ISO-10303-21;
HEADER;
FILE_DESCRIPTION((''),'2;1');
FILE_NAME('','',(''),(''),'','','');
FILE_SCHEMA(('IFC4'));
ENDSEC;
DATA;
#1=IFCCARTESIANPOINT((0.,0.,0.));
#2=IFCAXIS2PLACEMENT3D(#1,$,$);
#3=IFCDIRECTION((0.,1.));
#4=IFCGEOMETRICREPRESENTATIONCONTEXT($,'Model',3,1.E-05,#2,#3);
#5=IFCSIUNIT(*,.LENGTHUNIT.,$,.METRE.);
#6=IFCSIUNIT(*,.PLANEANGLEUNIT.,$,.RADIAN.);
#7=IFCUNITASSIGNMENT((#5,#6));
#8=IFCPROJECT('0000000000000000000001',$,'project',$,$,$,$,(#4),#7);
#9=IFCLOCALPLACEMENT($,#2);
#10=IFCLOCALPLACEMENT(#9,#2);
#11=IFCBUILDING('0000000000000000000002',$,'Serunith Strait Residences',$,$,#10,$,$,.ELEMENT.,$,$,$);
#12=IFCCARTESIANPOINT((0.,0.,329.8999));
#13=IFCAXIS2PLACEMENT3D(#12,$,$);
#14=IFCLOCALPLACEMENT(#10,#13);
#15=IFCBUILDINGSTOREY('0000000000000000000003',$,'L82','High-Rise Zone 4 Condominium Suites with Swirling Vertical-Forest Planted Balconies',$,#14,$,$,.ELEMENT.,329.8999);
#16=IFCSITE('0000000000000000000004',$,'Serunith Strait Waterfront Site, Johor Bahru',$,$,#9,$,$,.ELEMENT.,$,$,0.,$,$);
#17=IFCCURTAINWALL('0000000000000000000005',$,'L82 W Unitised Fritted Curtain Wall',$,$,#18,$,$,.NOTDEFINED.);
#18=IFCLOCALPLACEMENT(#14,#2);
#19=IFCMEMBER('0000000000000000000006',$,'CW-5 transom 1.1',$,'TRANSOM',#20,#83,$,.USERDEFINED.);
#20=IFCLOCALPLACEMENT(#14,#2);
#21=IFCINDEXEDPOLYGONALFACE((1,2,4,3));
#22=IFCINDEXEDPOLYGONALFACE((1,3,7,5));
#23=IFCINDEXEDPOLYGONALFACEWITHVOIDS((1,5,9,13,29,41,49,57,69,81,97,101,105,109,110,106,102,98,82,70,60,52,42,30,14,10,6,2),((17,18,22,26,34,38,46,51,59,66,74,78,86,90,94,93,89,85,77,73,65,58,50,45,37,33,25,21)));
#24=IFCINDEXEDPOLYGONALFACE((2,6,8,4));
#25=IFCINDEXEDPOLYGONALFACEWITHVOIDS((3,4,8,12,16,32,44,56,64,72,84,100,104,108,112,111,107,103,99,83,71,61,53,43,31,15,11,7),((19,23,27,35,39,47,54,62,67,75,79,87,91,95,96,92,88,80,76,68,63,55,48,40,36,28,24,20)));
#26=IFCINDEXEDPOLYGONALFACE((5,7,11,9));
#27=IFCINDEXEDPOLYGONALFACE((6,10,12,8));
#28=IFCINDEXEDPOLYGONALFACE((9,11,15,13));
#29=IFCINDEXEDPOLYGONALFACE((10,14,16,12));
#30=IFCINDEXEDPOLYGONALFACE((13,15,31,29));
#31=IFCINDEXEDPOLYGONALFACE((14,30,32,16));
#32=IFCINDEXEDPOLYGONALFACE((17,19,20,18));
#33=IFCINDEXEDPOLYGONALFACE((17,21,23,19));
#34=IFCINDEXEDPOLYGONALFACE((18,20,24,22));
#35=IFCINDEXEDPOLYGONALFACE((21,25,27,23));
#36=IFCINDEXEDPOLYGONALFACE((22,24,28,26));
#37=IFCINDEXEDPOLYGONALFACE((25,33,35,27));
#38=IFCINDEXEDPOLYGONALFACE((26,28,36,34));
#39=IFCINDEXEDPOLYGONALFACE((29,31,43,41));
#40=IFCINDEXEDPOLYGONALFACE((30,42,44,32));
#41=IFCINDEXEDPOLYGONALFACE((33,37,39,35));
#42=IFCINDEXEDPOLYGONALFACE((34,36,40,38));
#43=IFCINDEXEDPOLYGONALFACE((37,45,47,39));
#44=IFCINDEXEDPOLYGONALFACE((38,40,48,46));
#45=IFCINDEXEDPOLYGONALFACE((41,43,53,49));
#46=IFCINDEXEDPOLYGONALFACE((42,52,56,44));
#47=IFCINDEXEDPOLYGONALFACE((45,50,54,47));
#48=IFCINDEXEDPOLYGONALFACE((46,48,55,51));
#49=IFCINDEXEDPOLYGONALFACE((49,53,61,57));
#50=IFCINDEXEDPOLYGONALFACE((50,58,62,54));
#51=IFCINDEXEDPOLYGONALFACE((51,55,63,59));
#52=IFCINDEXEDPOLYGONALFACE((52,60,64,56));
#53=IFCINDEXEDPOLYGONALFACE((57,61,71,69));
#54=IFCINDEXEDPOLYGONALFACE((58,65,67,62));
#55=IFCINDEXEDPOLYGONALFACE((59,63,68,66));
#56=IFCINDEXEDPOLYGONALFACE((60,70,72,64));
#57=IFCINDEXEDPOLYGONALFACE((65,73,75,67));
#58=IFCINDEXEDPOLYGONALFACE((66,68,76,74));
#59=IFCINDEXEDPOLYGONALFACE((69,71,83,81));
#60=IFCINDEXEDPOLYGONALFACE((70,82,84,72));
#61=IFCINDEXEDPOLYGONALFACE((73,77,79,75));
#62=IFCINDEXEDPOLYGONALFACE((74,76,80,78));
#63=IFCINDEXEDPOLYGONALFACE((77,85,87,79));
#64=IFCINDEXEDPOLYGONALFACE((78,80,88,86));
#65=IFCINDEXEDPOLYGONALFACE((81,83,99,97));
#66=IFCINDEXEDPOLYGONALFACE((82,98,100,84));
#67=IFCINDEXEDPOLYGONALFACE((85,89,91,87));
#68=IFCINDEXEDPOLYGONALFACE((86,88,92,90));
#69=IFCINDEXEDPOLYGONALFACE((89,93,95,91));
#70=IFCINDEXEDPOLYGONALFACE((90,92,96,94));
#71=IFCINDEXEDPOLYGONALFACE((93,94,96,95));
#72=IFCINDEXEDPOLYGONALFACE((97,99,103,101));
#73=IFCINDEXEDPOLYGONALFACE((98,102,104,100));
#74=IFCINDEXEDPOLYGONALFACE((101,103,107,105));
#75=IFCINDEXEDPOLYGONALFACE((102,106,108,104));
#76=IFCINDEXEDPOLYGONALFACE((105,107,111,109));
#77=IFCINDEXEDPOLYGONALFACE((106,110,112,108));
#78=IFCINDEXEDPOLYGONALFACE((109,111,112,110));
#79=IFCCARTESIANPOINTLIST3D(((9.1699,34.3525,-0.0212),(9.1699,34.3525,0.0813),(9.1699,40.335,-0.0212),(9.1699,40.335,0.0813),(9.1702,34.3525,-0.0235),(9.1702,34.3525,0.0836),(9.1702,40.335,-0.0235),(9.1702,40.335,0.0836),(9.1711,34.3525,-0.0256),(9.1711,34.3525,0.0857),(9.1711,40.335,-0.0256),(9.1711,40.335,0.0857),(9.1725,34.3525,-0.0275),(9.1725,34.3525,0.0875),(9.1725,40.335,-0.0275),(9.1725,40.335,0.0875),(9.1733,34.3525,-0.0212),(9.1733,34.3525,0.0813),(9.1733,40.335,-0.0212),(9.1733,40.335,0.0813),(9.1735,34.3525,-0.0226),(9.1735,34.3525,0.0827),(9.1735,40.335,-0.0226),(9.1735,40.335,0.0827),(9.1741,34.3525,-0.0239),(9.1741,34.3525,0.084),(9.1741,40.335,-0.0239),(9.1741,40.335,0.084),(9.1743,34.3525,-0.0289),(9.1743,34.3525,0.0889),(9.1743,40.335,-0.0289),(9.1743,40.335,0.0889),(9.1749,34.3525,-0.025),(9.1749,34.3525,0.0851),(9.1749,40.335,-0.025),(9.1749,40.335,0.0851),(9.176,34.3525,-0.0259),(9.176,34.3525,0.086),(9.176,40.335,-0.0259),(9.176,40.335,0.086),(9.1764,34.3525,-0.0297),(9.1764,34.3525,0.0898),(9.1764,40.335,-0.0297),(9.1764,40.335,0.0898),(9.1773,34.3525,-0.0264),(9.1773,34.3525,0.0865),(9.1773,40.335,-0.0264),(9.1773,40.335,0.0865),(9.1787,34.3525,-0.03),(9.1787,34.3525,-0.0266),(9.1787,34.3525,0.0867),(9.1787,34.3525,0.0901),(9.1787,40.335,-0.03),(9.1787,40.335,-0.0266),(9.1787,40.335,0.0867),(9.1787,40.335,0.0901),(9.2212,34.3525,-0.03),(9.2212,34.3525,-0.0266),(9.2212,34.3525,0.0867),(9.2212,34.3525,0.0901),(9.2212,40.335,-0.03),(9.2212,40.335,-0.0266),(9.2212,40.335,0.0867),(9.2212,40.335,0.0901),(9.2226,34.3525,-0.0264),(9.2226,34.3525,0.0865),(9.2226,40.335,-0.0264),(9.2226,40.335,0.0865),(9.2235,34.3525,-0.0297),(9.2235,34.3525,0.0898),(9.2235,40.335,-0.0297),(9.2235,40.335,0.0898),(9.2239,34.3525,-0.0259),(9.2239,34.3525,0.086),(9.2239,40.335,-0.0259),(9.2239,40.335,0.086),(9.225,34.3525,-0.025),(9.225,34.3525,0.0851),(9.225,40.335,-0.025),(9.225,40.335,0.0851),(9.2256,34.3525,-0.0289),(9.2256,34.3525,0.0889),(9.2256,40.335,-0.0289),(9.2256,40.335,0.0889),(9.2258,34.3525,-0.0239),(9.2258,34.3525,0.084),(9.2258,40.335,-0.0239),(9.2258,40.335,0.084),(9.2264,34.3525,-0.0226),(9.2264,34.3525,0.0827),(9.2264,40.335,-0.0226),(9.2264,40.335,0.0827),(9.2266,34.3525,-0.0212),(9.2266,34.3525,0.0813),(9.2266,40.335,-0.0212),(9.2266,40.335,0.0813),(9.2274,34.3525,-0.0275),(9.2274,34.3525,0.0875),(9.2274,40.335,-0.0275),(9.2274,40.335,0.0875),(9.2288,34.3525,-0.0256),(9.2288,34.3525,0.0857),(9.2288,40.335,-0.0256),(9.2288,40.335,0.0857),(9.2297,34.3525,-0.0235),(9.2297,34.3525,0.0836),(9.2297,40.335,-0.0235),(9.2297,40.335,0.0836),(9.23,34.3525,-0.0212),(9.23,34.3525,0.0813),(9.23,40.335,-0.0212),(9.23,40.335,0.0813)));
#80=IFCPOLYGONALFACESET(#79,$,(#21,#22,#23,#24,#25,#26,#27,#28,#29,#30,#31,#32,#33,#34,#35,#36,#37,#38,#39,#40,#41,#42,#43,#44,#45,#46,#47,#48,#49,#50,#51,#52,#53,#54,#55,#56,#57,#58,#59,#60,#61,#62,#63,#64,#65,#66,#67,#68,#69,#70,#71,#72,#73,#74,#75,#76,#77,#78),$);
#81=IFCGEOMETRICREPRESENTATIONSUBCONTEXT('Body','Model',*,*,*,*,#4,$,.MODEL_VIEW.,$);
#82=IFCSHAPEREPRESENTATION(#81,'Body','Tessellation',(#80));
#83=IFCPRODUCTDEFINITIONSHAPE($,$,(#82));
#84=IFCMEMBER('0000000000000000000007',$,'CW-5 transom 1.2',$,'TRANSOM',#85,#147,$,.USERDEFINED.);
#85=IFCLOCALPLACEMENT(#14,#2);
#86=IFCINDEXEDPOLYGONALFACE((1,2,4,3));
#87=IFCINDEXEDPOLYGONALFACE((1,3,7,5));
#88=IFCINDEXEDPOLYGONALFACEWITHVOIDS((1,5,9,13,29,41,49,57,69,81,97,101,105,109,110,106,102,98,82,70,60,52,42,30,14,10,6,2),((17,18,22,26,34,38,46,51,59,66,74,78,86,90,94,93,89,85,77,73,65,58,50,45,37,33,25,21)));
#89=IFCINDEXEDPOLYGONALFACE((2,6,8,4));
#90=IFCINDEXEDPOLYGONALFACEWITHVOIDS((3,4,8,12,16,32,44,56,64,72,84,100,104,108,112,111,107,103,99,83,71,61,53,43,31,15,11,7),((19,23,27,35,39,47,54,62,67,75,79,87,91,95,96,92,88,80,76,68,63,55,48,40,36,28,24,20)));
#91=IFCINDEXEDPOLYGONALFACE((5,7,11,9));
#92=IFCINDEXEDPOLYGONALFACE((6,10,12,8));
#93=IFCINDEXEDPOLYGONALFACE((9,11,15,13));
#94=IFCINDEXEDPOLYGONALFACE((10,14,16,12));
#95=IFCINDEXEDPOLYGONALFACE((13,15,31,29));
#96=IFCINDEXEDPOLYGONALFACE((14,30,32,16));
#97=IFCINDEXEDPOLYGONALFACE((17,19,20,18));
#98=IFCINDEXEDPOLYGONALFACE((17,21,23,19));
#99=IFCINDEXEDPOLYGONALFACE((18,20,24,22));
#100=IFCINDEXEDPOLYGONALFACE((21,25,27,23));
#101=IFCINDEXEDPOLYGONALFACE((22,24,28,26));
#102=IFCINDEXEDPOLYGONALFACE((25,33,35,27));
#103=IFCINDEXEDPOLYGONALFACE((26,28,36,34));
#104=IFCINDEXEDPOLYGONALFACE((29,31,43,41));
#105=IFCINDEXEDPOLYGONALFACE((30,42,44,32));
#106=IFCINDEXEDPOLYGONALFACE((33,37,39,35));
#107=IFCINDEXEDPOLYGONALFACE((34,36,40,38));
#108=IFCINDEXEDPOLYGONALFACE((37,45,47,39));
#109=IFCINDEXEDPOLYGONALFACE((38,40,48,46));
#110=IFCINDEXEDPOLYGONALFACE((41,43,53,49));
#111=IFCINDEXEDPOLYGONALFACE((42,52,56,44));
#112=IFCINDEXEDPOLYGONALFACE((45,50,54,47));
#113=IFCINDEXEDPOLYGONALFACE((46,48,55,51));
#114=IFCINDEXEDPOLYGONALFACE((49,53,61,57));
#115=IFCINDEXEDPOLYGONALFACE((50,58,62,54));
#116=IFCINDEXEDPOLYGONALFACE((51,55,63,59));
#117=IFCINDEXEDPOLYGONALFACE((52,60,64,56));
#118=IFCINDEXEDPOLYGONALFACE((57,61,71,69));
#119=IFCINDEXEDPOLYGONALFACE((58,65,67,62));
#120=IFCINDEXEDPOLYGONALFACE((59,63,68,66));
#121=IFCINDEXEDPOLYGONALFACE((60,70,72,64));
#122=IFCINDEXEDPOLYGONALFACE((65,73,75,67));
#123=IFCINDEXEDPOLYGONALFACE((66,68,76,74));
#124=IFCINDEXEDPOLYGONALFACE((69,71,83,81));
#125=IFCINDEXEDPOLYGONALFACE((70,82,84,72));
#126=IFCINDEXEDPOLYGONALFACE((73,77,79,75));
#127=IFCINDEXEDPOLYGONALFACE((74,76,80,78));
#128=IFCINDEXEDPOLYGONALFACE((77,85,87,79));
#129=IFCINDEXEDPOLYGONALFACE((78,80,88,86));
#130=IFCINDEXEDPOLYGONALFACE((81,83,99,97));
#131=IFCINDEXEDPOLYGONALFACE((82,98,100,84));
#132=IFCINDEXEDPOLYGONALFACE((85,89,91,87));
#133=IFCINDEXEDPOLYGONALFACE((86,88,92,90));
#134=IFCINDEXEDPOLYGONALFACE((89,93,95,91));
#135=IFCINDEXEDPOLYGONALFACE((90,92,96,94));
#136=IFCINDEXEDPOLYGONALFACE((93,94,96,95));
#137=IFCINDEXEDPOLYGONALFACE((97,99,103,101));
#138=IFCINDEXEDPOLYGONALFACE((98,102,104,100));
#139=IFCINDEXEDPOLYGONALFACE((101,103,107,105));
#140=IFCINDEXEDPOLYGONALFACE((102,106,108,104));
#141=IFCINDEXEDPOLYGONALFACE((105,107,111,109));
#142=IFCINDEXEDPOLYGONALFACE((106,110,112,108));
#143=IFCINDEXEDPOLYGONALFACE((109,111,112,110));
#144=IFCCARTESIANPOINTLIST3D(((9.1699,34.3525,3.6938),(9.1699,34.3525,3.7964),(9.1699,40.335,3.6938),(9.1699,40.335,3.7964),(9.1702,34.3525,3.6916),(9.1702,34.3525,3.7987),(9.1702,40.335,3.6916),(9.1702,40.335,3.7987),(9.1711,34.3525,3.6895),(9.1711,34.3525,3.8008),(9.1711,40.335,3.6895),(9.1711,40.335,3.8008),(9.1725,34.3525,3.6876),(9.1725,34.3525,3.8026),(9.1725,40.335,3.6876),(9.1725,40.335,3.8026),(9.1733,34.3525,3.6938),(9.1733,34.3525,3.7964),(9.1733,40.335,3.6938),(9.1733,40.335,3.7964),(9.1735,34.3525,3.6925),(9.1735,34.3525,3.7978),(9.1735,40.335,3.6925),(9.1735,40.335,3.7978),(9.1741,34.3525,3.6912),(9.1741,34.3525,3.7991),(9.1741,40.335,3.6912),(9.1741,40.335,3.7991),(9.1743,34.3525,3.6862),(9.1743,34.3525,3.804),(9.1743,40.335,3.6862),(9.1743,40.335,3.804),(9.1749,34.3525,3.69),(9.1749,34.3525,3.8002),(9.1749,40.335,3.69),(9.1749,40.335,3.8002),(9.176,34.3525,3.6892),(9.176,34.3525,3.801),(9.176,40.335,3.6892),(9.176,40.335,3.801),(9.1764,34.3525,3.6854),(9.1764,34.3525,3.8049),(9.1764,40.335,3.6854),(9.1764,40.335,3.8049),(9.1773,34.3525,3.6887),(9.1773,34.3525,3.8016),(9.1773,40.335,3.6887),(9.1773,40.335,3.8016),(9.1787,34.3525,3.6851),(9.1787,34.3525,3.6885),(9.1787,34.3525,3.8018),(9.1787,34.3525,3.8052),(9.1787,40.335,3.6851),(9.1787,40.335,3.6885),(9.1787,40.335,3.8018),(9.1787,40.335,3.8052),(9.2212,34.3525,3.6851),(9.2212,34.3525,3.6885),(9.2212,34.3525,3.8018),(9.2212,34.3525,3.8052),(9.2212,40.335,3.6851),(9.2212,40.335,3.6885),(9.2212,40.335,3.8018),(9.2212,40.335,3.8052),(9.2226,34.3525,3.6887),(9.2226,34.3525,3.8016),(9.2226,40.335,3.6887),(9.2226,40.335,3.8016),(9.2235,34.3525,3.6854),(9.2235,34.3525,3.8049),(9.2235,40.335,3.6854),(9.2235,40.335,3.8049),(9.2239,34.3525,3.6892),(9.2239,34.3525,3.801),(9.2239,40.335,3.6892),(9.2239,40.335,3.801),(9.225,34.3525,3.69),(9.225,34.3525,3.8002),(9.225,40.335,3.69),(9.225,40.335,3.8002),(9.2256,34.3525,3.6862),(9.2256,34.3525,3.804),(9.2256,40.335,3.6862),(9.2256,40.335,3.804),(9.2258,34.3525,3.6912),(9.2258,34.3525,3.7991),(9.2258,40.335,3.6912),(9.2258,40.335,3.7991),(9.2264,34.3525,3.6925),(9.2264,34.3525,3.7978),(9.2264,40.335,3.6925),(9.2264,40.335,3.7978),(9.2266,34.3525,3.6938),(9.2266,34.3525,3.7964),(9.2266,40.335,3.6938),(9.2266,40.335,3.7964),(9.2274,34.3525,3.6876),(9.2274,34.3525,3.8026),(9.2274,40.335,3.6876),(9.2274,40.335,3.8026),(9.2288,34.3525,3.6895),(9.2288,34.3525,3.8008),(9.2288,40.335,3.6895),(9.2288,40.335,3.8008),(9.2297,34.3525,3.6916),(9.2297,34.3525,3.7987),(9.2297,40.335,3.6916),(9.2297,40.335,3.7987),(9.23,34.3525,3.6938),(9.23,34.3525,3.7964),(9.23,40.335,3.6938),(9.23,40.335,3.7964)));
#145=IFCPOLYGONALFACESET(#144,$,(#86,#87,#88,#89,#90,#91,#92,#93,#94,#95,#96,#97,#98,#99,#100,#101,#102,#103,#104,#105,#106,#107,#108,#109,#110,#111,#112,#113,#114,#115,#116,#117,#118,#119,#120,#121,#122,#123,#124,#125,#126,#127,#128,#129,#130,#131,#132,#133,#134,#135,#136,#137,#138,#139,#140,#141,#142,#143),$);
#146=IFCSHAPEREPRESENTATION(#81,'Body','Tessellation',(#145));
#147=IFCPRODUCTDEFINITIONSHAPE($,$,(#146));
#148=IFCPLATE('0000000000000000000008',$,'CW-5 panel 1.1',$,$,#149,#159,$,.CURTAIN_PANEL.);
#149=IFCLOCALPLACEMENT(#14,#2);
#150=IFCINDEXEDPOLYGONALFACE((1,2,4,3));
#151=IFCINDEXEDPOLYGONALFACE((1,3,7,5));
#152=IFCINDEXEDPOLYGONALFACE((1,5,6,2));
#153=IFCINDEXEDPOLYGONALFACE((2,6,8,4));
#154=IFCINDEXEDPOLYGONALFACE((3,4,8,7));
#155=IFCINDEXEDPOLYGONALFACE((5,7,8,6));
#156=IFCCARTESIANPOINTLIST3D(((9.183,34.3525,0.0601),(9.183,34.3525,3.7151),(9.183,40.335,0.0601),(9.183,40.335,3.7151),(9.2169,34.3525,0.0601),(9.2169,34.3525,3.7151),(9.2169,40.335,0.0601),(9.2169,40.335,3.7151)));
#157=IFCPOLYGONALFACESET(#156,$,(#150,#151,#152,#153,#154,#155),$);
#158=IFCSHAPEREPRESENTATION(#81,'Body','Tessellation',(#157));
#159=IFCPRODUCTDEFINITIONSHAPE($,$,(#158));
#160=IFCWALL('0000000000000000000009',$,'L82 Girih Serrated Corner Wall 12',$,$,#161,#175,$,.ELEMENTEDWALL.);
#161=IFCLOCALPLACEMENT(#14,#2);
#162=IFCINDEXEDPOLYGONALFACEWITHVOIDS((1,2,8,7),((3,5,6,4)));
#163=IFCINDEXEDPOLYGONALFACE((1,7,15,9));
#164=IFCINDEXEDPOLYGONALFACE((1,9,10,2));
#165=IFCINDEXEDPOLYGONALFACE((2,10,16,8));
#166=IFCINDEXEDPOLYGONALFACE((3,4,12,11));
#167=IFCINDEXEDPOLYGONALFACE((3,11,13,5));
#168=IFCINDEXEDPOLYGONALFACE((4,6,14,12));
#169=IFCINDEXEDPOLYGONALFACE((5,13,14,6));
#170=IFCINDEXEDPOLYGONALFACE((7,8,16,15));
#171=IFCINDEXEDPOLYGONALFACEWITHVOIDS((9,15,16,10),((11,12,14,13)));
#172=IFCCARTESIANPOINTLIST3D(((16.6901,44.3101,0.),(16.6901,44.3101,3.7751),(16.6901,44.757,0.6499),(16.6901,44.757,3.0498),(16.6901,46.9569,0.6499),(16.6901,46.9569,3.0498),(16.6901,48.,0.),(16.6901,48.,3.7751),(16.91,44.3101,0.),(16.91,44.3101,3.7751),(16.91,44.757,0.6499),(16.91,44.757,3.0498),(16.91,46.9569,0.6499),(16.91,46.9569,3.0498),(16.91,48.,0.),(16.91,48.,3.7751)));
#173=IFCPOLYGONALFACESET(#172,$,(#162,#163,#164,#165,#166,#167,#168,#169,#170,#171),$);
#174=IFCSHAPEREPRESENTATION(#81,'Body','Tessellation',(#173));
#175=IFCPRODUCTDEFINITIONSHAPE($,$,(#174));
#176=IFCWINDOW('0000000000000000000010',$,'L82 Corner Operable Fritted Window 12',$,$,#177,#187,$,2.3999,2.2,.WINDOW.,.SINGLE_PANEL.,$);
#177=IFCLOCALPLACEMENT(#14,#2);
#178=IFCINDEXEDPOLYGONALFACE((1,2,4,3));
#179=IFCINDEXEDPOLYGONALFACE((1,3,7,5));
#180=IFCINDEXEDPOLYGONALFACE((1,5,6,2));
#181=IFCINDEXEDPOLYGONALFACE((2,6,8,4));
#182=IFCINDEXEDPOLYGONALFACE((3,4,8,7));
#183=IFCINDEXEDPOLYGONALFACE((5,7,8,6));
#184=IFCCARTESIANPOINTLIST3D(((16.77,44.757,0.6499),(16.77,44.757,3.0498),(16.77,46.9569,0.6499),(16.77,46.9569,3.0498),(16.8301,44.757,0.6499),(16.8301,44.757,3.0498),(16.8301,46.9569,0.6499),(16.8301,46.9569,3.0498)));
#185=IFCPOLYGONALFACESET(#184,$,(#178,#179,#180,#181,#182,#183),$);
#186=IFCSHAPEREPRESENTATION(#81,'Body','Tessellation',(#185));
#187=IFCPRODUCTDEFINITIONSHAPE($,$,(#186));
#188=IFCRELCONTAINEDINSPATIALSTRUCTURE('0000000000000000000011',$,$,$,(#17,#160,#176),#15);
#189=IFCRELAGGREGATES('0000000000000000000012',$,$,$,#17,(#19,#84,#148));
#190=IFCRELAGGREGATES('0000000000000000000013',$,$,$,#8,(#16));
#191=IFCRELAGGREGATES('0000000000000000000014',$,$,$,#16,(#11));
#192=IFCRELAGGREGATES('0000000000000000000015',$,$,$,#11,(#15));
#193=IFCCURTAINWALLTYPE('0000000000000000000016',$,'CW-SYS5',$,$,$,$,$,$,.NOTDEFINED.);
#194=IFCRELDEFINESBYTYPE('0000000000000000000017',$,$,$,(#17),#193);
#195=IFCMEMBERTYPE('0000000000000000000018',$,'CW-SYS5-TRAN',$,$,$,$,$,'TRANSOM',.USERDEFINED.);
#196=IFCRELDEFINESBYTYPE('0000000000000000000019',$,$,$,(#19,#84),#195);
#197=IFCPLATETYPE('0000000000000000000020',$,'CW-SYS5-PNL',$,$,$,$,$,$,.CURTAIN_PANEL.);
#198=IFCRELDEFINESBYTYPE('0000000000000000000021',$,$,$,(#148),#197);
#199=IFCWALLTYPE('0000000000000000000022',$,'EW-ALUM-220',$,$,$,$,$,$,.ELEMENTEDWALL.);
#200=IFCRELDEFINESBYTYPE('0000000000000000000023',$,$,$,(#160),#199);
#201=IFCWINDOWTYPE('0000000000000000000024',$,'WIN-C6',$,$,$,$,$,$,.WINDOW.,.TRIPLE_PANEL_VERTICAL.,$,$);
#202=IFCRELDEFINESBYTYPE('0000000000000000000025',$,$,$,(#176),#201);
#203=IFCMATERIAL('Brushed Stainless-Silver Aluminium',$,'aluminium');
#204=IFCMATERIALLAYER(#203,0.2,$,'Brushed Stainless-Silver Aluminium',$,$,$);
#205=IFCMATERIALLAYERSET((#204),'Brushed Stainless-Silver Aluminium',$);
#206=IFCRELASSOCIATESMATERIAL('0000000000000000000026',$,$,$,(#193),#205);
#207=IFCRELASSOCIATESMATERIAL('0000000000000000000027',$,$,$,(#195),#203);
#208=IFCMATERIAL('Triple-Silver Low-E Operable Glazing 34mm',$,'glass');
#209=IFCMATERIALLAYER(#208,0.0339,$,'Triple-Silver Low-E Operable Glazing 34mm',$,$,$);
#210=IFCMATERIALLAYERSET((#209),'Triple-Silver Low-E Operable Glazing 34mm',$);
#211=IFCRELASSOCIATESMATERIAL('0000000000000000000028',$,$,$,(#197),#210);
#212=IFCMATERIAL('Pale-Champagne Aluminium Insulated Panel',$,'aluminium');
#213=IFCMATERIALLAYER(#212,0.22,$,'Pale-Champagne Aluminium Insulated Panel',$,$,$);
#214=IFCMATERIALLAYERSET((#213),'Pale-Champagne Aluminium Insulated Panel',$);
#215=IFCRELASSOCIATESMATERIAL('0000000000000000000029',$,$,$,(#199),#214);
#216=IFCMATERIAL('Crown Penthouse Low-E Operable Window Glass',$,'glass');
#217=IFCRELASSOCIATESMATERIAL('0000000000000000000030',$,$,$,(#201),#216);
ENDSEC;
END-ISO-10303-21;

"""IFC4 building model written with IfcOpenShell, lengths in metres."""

from ifc_helpers import new_model, si_unit, direction, frame, frame_2d, origin, origin_2d, place, context, subcontext, project, spatial, rectangle, hollow_rectangle, extrude, source, transform, mapped, material, layer, layer_set, material_profile, profile_set, type_object, element, fill, aggregate, save


model = new_model("IFC4")

# Units and contexts
model_context = context("Model", 3, precision=1e-05, world=origin(), true_north=direction((0.0, 1.0)))
body_context = subcontext(model_context, "Body", "Model", "MODEL_VIEW")
ifc_project = project(units=[si_unit("LENGTHUNIT", "METRE"), si_unit("PLANEANGLEUNIT", "RADIAN")], contexts=[model_context])

# Site, building, storey
site_placement = place(None, origin())
site = spatial("IfcSite", under=ifc_project, at=site_placement, Name="Serunith Strait Waterfront Site, Johor Bahru", CompositionType="ELEMENT", RefElevation=0.0)
building_placement = place(site_placement, origin())
building = spatial("IfcBuilding", under=site, at=building_placement, Name="Serunith Strait Residences", CompositionType="ELEMENT")
storey_placement = place(building_placement, frame((0.0, 0.0, 329.8999)))
storey = spatial("IfcBuildingStorey", under=building, at=storey_placement, Name="L82", Description="High-Rise Zone 4 Condominium Suites with Swirling Vertical-Forest Planted Balconies", CompositionType="ELEMENT", Elevation=329.8999)

# Shared definitions
ifc_material_1 = material(Name="Brushed Stainless-Silver Aluminium", Category="aluminium")
ifc_layer_1 = layer(ifc_material_1, 0.2, Name="Brushed Stainless-Silver Aluminium")
ifc_layer_set_1 = layer_set([ifc_layer_1], Name="Brushed Stainless-Silver Aluminium")
curtain_wall_type = type_object("IfcCurtainWallType", Name="CW-SYS5", PredefinedType="NOTDEFINED", material=ifc_layer_set_1)

# Curtain wall, members, plate
curtain_wall_1_placement = place(storey_placement, origin())
curtain_wall_1 = element("IfcCurtainWall", 1, at=curtain_wall_1_placement, inside=storey, type_object=curtain_wall_type, Name="L82 W Unitised Fritted Curtain Wall", PredefinedType="NOTDEFINED")
ifc_material_profile_1 = material_profile(ifc_material_1, hollow_rectangle(XDim=0.0601, YDim=0.1201, WallThickness=0.0034, InnerFilletRadius=0.0054, OuterFilletRadius=0.0088, at=origin_2d()), Name="ALU 120x60x3.5")
ifc_profile_set_1 = profile_set([ifc_material_profile_1], Name="Brushed Stainless-Silver Aluminium")
member_type_1 = type_object("IfcMemberType", Name="CW-SYS5-TRAN", ElementType="TRANSOM", PredefinedType="USERDEFINED", material=ifc_profile_set_1)
shared_shape_1 = source(origin(), body_context, "Body", "SweptSolid", [
    extrude(hollow_rectangle(XDim=0.0601, YDim=0.1201, WallThickness=0.0034, InnerFilletRadius=0.0054, OuterFilletRadius=0.0088, at=origin_2d()), origin(), (0.0, 0.0, 1.0), 5.9824),
])
member_1_placement = place(storey_placement, frame((9.2, 40.335, 0.03), z_axis=(0.0, -1.0, 0.0), x_axis=(1.0, 0.0, 0.0)))
member_1 = element("IfcMember", 2, at=member_1_placement, type_object=member_type_1, Name="CW-5 transom 1.1", ObjectType="TRANSOM", PredefinedType="USERDEFINED", context=body_context, shape_type="MappedRepresentation", body=[
    mapped(shared_shape_1, transform((0.0, 0.0, 0.0), scale=1.0)),
])
member_2_placement = place(storey_placement, frame((9.2, 40.335, 3.7451), z_axis=(0.0, -1.0, 0.0), x_axis=(1.0, 0.0, 0.0)))
member_2 = element("IfcMember", 3, at=member_2_placement, type_object=member_type_1, Name="CW-5 transom 1.2", ObjectType="TRANSOM", PredefinedType="USERDEFINED", context=body_context, shape_type="MappedRepresentation", body=[
    mapped(shared_shape_1, transform((0.0, 0.0, 0.0), scale=1.0)),
])
ifc_material_2 = material(Name="Triple-Silver Low-E Operable Glazing 34mm", Category="glass")
ifc_layer_2 = layer(ifc_material_2, 0.0339, Name="Triple-Silver Low-E Operable Glazing 34mm")
ifc_layer_set_2 = layer_set([ifc_layer_2], Name="Triple-Silver Low-E Operable Glazing 34mm")
plate_type = type_object("IfcPlateType", Name="CW-SYS5-PNL", PredefinedType="CURTAIN_PANEL", material=ifc_layer_set_2)
shared_shape_2 = source(origin(), body_context, "Body", "SweptSolid", [
    extrude(rectangle(XDim=5.9824, YDim=0.0339, at=origin_2d()), origin(), (0.0, 0.0, 1.0), 3.655),
])
plate_placement = place(storey_placement, frame((9.2, 37.3438, 0.0601), z_axis=(0.0, 0.0, 1.0), x_axis=(0.0, -1.0, 0.0)))
plate = element("IfcPlate", 4, at=plate_placement, type_object=plate_type, Name="CW-5 panel 1.1", PredefinedType="CURTAIN_PANEL", context=body_context, shape_type="MappedRepresentation", body=[
    mapped(shared_shape_2, transform((0.0, 0.0, 0.0), scale=1.0)),
])
aggregate(curtain_wall_1, [member_1, member_2, plate])

# Wall, opening, window
ifc_material_3 = material(Name="Pale-Champagne Aluminium Insulated Panel", Category="aluminium")
ifc_layer_3 = layer(ifc_material_3, 0.22, Name="Pale-Champagne Aluminium Insulated Panel")
ifc_layer_set_3 = layer_set([ifc_layer_3], Name="Pale-Champagne Aluminium Insulated Panel")
wall_type_1 = type_object("IfcWallType", Name="EW-ALUM-220", PredefinedType="ELEMENTEDWALL", material=ifc_layer_set_3)
wall_1_placement = place(storey_placement, frame((16.8, 48.0, 0.0), z_axis=(0.0, 0.0, 1.0), x_axis=(0.0, -1.0, 0.0)))
wall_1 = element("IfcWall", 5, at=wall_1_placement, inside=storey, type_object=wall_type_1, Name="L82 Girih Serrated Corner Wall 12", PredefinedType="ELEMENTEDWALL", context=body_context, shape_type="SweptSolid", body=[
    extrude(rectangle(XDim=3.6899, YDim=0.22, at=frame_2d((1.845, 0.0))), origin(), (0.0, 0.0, 1.0), 3.7751),
])
opening_1_placement = place(wall_1_placement, frame((1.043, 0.0, 0.6499)))
opening_1 = element("IfcOpeningElement", 6, at=opening_1_placement, cuts=wall_1, PredefinedType="OPENING", context=body_context, shape_type="SweptSolid", body=[
    extrude(rectangle(XDim=2.2, YDim=2.3999, at=frame_2d((1.1001, 1.2))), frame((0.0, 0.1201, 0.0), z_axis=(0.0, -1.0, 0.0), x_axis=(1.0, 0.0, 0.0)), (0.0, 0.0, 1.0), 0.24),
])
ifc_material_4 = material(Name="Crown Penthouse Low-E Operable Window Glass", Category="glass")
window_type = type_object("IfcWindowType", Name="WIN-C6", PartitioningType="TRIPLE_PANEL_VERTICAL", PredefinedType="WINDOW", material=ifc_material_4)
shared_shape_3 = source(origin(), body_context, "Body", "SweptSolid", [
    extrude(rectangle(XDim=2.2, YDim=2.3999, at=frame_2d((1.1001, 1.2))), frame((0.0, 0.03, 0.0), z_axis=(0.0, -1.0, 0.0), x_axis=(1.0, 0.0, 0.0)), (0.0, 0.0, 1.0), 0.0601),
])
window_1_placement = place(opening_1_placement, origin())
window_1 = element("IfcWindow", 7, at=window_1_placement, inside=storey, type_object=window_type, Name="L82 Corner Operable Fritted Window 12", OverallHeight=2.3999, OverallWidth=2.2, PartitioningType="SINGLE_PANEL", PredefinedType="WINDOW", context=body_context, shape_type="MappedRepresentation", body=[
    mapped(shared_shape_3, transform((0.0, 0.0, 0.0), scale=1.0)),
])
fill(opening_1, window_1)

save(model, "model.ifc")
